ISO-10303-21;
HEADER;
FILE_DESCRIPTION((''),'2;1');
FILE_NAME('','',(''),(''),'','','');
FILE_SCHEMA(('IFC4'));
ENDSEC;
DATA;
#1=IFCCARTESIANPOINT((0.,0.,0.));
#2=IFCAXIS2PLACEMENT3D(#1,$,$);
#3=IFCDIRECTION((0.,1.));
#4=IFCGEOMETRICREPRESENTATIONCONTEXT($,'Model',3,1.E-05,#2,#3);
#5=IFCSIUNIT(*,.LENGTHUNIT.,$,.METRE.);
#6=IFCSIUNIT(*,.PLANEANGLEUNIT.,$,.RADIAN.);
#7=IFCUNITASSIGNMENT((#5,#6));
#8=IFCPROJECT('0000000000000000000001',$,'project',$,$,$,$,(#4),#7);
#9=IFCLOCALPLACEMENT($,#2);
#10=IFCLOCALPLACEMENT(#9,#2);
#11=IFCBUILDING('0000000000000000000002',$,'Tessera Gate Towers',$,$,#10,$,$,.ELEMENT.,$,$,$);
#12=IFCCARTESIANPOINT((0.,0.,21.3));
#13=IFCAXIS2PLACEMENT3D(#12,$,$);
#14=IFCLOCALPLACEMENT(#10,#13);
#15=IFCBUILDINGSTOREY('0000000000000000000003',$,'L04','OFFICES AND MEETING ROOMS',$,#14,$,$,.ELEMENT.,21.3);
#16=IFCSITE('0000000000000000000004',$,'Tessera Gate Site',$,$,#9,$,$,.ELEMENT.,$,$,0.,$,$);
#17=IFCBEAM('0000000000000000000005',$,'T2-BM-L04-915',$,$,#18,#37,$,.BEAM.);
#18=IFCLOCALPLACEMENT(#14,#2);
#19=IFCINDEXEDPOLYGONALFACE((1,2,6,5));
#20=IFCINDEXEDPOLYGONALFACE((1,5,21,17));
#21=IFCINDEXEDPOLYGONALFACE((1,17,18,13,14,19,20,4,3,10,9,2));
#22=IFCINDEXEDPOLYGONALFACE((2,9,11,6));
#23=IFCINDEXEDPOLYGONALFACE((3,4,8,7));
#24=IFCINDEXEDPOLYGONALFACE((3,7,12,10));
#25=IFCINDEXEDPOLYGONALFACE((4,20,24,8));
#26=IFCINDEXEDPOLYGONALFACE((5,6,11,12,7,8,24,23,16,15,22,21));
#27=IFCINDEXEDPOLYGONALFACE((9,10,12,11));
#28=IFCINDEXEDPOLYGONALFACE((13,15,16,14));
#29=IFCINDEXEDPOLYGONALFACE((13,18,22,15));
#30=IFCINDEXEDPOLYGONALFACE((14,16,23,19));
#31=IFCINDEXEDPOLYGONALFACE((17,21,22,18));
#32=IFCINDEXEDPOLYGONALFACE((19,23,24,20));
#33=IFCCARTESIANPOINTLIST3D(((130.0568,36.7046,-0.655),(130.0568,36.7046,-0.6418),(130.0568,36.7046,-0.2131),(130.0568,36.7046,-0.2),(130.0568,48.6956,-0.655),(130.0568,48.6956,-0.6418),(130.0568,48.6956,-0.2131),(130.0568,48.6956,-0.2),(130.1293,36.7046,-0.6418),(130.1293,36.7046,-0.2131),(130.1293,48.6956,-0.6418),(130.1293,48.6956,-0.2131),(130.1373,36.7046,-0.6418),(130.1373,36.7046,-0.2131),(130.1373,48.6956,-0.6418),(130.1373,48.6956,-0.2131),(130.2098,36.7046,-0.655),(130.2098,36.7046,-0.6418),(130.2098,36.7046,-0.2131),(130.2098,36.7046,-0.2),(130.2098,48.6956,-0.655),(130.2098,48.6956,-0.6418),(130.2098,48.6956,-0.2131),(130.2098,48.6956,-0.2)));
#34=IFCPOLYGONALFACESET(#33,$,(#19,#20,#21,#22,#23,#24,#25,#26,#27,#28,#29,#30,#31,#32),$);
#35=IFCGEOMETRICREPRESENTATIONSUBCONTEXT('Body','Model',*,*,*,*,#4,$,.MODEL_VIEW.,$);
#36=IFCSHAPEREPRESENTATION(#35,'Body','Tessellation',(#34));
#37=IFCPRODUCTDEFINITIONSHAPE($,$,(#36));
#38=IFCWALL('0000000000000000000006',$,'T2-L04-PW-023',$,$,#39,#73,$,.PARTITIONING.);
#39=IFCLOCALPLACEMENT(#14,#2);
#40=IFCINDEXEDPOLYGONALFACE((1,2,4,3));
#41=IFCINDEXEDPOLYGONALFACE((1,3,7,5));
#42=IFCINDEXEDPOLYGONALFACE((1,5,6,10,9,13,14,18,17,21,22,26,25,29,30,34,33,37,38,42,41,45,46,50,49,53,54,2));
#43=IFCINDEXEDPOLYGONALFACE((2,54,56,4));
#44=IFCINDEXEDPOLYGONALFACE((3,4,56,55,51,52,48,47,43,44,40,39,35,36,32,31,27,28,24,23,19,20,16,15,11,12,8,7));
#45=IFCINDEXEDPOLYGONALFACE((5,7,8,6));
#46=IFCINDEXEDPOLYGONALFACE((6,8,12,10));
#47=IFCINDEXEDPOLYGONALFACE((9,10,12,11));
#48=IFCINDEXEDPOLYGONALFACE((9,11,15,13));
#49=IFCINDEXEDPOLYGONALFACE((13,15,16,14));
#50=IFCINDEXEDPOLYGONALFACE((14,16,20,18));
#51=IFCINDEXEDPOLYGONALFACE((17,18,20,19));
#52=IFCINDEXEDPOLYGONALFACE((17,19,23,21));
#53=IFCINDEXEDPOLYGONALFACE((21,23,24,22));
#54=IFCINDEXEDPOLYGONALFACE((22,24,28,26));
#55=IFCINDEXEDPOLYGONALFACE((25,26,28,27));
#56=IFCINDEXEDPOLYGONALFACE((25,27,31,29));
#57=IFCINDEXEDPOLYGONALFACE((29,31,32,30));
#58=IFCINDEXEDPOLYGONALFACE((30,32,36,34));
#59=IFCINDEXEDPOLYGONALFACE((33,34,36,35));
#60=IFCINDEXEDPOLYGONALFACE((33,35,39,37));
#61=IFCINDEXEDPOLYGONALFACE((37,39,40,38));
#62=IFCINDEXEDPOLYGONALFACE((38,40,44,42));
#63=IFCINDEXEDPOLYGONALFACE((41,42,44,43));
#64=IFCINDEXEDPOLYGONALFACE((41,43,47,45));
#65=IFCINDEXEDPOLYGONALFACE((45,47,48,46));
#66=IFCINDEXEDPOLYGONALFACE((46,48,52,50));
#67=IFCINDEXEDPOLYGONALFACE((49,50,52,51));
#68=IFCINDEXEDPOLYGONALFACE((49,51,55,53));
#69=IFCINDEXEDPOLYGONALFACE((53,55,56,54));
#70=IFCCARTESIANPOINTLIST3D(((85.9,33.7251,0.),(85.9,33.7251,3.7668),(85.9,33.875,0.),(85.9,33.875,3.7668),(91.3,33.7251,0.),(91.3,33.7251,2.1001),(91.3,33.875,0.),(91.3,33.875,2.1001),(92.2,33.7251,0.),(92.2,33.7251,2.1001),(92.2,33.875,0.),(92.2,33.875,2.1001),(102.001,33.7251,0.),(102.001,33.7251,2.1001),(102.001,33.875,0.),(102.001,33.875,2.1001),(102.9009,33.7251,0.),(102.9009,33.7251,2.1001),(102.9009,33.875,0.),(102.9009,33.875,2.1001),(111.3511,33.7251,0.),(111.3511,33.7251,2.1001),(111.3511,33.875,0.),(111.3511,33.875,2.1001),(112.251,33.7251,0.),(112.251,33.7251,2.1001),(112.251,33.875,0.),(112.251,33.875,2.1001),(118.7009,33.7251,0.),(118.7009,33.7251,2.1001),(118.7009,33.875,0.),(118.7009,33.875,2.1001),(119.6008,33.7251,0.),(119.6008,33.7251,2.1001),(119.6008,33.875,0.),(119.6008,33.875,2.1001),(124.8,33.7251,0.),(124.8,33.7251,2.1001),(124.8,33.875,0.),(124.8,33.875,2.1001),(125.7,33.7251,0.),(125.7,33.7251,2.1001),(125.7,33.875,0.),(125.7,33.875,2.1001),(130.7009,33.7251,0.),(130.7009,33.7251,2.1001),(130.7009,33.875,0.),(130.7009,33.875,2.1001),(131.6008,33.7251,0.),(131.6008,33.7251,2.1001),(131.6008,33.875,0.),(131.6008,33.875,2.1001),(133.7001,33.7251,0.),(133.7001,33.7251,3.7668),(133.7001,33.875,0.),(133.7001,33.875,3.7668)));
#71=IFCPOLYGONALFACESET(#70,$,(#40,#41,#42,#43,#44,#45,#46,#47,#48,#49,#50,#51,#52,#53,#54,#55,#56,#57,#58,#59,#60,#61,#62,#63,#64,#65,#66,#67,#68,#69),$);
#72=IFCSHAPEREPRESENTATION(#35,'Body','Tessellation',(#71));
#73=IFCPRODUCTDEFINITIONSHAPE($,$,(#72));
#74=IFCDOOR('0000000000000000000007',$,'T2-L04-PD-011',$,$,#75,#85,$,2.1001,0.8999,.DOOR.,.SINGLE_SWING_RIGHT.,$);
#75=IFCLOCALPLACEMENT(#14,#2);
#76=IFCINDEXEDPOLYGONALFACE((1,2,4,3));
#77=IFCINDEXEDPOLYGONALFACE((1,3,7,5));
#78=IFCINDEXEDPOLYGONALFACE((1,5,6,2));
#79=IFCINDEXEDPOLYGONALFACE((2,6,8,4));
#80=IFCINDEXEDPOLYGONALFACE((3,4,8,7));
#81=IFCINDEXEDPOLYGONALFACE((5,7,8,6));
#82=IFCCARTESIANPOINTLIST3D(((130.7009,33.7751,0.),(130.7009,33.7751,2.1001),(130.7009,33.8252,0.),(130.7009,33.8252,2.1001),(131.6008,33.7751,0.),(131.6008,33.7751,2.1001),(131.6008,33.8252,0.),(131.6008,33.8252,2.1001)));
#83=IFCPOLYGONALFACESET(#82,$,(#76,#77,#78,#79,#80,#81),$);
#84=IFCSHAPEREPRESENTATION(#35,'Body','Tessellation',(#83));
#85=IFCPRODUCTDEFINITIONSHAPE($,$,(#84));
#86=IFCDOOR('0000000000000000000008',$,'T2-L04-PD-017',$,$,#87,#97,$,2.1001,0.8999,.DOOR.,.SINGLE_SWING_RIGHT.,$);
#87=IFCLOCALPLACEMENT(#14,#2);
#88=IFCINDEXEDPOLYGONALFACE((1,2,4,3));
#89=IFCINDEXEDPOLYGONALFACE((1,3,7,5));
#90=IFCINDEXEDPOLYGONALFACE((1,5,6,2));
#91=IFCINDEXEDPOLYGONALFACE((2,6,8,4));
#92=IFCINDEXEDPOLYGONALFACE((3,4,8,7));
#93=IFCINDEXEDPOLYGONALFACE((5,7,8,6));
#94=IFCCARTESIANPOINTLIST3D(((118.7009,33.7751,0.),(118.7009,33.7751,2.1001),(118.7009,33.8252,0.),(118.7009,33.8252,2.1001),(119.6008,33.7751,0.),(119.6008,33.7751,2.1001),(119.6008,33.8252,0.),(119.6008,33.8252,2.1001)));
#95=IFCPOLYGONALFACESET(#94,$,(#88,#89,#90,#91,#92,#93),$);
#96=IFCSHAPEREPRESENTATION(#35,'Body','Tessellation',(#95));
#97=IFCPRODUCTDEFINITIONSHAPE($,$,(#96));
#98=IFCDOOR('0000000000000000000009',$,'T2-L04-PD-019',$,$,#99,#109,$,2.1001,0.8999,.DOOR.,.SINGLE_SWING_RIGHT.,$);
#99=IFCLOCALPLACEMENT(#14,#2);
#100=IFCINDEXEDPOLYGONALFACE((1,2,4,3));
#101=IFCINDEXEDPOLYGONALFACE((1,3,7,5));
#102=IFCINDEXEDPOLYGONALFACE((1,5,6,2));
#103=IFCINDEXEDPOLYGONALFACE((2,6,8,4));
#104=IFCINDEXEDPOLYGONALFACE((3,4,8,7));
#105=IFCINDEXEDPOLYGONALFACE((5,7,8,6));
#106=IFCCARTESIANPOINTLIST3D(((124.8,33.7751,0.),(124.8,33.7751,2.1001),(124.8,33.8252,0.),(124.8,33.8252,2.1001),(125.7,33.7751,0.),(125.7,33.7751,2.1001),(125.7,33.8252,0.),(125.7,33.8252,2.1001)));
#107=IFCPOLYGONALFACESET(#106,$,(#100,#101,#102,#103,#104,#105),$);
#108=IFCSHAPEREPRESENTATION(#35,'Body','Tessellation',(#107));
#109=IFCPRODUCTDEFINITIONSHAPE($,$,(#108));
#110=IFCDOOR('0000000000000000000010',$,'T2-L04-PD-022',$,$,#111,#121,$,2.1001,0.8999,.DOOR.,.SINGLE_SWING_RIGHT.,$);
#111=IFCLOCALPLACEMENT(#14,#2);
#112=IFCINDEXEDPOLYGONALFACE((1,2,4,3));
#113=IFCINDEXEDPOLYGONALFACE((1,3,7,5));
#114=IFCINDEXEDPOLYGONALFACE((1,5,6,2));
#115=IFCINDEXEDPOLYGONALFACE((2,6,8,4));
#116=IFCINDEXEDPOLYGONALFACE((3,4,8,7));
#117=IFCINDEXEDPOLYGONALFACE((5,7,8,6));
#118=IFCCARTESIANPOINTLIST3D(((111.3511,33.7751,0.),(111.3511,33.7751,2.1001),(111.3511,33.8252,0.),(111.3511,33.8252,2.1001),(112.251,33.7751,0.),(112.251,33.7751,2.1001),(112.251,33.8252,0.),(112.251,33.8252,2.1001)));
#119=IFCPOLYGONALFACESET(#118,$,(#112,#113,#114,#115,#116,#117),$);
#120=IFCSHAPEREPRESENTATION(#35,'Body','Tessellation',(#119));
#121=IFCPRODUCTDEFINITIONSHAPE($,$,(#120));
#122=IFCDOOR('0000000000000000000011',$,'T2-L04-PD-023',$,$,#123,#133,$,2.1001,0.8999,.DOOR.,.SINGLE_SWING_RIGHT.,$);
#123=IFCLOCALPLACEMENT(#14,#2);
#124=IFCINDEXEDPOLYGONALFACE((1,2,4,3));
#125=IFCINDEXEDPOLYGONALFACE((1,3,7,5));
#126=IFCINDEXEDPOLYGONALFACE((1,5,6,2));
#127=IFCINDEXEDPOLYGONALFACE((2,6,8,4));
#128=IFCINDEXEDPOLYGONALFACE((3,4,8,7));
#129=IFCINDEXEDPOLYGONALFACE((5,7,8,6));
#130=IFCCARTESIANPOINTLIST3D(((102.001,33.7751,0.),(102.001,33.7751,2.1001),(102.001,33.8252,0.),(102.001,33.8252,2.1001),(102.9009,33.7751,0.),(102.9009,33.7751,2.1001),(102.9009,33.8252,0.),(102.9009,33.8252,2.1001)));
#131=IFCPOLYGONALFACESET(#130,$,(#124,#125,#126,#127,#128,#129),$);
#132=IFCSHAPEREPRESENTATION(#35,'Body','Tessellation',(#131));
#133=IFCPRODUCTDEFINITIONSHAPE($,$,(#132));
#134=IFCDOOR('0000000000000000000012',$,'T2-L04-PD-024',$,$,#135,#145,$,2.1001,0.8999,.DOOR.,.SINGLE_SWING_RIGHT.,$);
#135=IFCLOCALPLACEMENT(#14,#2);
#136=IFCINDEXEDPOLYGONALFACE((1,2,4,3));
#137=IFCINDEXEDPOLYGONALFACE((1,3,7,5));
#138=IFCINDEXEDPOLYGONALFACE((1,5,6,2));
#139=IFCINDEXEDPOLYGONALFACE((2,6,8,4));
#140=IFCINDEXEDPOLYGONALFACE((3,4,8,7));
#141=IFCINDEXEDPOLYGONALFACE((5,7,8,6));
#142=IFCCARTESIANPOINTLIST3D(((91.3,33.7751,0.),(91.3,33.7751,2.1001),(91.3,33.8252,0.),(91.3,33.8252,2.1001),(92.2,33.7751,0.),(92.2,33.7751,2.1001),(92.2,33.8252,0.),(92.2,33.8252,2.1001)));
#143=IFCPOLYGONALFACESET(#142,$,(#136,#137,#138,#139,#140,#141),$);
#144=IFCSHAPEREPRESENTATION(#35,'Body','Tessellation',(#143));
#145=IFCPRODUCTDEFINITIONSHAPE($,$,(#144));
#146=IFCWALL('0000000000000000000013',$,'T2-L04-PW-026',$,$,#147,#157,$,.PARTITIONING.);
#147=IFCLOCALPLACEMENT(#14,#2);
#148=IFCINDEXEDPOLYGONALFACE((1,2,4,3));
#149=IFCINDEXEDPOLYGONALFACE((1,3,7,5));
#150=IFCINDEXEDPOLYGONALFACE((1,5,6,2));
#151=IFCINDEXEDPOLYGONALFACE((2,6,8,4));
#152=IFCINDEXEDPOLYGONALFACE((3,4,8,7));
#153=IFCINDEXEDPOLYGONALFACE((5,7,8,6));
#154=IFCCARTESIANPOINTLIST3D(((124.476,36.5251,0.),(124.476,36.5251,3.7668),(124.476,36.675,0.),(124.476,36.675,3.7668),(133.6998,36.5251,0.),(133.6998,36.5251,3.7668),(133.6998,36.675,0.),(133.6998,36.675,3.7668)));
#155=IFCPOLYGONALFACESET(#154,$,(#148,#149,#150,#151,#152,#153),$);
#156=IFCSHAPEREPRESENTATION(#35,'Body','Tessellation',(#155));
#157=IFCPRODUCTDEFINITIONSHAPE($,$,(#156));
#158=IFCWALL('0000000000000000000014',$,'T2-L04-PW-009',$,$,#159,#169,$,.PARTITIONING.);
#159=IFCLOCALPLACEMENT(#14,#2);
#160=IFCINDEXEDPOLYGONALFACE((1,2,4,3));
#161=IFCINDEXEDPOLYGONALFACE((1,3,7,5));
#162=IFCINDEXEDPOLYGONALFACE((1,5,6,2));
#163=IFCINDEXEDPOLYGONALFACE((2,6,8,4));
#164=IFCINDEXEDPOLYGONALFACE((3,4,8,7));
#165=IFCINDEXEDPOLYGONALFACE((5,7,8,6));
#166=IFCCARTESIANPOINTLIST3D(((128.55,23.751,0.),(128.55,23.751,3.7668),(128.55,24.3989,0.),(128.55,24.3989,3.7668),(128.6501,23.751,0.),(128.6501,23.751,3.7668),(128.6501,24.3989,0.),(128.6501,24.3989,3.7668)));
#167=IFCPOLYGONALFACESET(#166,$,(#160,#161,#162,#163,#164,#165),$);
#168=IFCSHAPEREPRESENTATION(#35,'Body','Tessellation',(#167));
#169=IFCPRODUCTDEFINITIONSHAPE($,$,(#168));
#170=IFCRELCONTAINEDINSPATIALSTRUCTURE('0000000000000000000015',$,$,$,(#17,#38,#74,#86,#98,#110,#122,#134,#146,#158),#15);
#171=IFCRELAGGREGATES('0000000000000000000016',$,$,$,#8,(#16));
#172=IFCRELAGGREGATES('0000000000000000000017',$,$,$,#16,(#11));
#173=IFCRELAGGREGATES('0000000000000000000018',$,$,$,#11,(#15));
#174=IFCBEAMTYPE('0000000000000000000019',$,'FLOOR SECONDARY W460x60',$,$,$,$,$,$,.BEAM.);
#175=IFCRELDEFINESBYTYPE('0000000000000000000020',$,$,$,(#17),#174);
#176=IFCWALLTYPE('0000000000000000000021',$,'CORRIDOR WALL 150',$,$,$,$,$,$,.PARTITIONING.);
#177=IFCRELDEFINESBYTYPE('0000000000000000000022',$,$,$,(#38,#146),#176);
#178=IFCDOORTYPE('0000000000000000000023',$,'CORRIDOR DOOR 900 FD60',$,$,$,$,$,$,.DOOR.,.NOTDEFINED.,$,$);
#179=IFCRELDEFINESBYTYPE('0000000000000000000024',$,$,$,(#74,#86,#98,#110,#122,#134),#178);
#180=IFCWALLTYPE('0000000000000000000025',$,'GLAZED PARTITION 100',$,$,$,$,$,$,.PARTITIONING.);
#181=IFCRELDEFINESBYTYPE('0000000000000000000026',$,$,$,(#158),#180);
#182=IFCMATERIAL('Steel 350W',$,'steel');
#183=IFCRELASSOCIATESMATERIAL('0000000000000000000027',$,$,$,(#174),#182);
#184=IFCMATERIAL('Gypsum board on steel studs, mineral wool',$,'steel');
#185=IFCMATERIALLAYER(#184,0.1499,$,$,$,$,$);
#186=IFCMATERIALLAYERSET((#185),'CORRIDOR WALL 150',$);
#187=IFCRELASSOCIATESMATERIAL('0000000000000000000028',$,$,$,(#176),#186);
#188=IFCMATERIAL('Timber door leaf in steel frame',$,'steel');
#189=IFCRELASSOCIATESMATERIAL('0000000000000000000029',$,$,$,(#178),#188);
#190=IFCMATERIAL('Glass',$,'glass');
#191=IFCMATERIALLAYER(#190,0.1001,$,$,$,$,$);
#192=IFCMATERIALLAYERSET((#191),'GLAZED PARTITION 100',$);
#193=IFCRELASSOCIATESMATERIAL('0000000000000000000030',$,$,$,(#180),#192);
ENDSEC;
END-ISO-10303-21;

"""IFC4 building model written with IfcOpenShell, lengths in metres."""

from ifc_helpers import new_model, si_unit, direction, frame, frame_2d, origin, origin_2d, place, context, subcontext, project, spatial, rectangle, i_section, extrude, source, transform, mapped, material, layer, layer_set, material_profile, profile_set, type_object, element, fill, save


model = new_model("IFC4")

# Units and contexts
model_context = context("Model", 3, precision=1e-05, world=origin(), true_north=direction((0.0, 1.0)))
body_context = subcontext(model_context, "Body", "Model", "MODEL_VIEW")
ifc_project = project(units=[si_unit("LENGTHUNIT", "METRE"), si_unit("PLANEANGLEUNIT", "RADIAN")], contexts=[model_context])

# Site, building, storey
site_placement = place(None, origin())
site = spatial("IfcSite", under=ifc_project, at=site_placement, Name="Tessera Gate Site", CompositionType="ELEMENT", RefElevation=0.0)
building_placement = place(site_placement, origin())
building = spatial("IfcBuilding", under=site, at=building_placement, Name="Tessera Gate Towers", CompositionType="ELEMENT")
storey_placement = place(building_placement, frame((0.0, 0.0, 21.3)))
storey = spatial("IfcBuildingStorey", under=building, at=storey_placement, Name="L04", Description="OFFICES AND MEETING ROOMS", CompositionType="ELEMENT", Elevation=21.3)

# Beam
ifc_material_1 = material(Name="Steel 350W", Category="steel")
ifc_material_profile_1 = material_profile(ifc_material_1, i_section(OverallWidth=0.1531, OverallDepth=0.4551, WebThickness=0.0081, FlangeThickness=0.0132, at=origin_2d()), Name="W460x60")
ifc_profile_set_1 = profile_set([ifc_material_profile_1], Name="Steel 350W")
beam_type_1 = type_object("IfcBeamType", Name="FLOOR SECONDARY W460x60", PredefinedType="BEAM", material=ifc_profile_set_1)
beam_1_placement = place(storey_placement, frame((130.1333, 36.7046, -0.4275), z_axis=(0.0, 1.0, 0.0), x_axis=(-1.0, 0.0, 0.0)))
element("IfcBeam", 1, at=beam_1_placement, inside=storey, type_object=beam_type_1, Name="T2-BM-L04-915", PredefinedType="BEAM", context=body_context, shape_type="SweptSolid", body=[
    extrude(i_section(OverallWidth=0.1531, OverallDepth=0.4551, WebThickness=0.0081, FlangeThickness=0.0132, at=origin_2d()), origin(), (0.0, 0.0, 1.0), 11.991),
])

# Wall, openings, doors
ifc_material_2 = material(Name="Gypsum board on steel studs, mineral wool", Category="steel")
ifc_layer_1 = layer(ifc_material_2, 0.1499)
ifc_layer_set_1 = layer_set([ifc_layer_1], Name="CORRIDOR WALL 150")
wall_type_1 = type_object("IfcWallType", Name="CORRIDOR WALL 150", PredefinedType="PARTITIONING", material=ifc_layer_set_1)
wall_1_placement = place(storey_placement, frame((133.7, 33.8, 0.0), z_axis=(0.0, 0.0, 1.0), x_axis=(-1.0, 0.0, 0.0)))
wall_1 = element("IfcWall", 2, at=wall_1_placement, inside=storey, type_object=wall_type_1, Name="T2-L04-PW-023", PredefinedType="PARTITIONING", context=body_context, shape_type="SweptSolid", body=[
    extrude(rectangle(XDim=47.8, YDim=0.1499, at=frame_2d((23.8999, 0.0))), origin(), (0.0, 0.0, 1.0), 3.7668),
])
shared_shape_1 = source(origin(), body_context, "Body", "SweptSolid", [
    extrude(rectangle(XDim=0.8999, YDim=2.1001, at=frame_2d((0.45, 1.05))), frame((0.0, 0.085, 0.0), z_axis=(0.0, -1.0, 0.0), x_axis=(1.0, 0.0, 0.0)), (0.0, 0.0, 1.0), 0.1699),
])
opening_1_placement = place(wall_1_placement, frame((2.0991, 0.0, 0.0)))
opening_1 = element("IfcOpeningElement", 3, at=opening_1_placement, cuts=wall_1, PredefinedType="OPENING", context=body_context, shape_type="MappedRepresentation", body=[
    mapped(shared_shape_1, transform((0.0, 0.0, 0.0), scale=1.0)),
])
opening_2_placement = place(wall_1_placement, frame((14.0991, 0.0, 0.0)))
opening_2 = element("IfcOpeningElement", 4, at=opening_2_placement, cuts=wall_1, PredefinedType="OPENING", context=body_context, shape_type="MappedRepresentation", body=[
    mapped(shared_shape_1, transform((0.0, 0.0, 0.0), scale=1.0)),
])
opening_3_placement = place(wall_1_placement, frame((8.0, 0.0, 0.0)))
opening_3 = element("IfcOpeningElement", 5, at=opening_3_placement, cuts=wall_1, PredefinedType="OPENING", context=body_context, shape_type="MappedRepresentation", body=[
    mapped(shared_shape_1, transform((0.0, 0.0, 0.0), scale=1.0)),
])
opening_4_placement = place(wall_1_placement, frame((21.449, 0.0, 0.0)))
opening_4 = element("IfcOpeningElement", 6, at=opening_4_placement, cuts=wall_1, PredefinedType="OPENING", context=body_context, shape_type="MappedRepresentation", body=[
    mapped(shared_shape_1, transform((0.0, 0.0, 0.0), scale=1.0)),
])
opening_5_placement = place(wall_1_placement, frame((30.7991, 0.0, 0.0)))
opening_5 = element("IfcOpeningElement", 7, at=opening_5_placement, cuts=wall_1, PredefinedType="OPENING", context=body_context, shape_type="MappedRepresentation", body=[
    mapped(shared_shape_1, transform((0.0, 0.0, 0.0), scale=1.0)),
])
opening_6_placement = place(wall_1_placement, frame((41.5, 0.0, 0.0)))
opening_6 = element("IfcOpeningElement", 8, at=opening_6_placement, cuts=wall_1, PredefinedType="OPENING", context=body_context, shape_type="MappedRepresentation", body=[
    mapped(shared_shape_1, transform((0.0, 0.0, 0.0), scale=1.0)),
])
ifc_material_3 = material(Name="Timber door leaf in steel frame", Category="steel")
door_type_1 = type_object("IfcDoorType", Name="CORRIDOR DOOR 900 FD60", OperationType="NOTDEFINED", PredefinedType="DOOR", material=ifc_material_3)
shared_shape_2 = source(origin(), body_context, "Body", "SweptSolid", [
    extrude(rectangle(XDim=0.8999, YDim=2.1001, at=frame_2d((0.45, 1.05))), frame((0.0, 0.0249, 0.0), z_axis=(0.0, -1.0, 0.0), x_axis=(1.0, 0.0, 0.0)), (0.0, 0.0, 1.0), 0.05),
])
door_1_placement = place(opening_1_placement, origin())
door_1 = element("IfcDoor", 9, at=door_1_placement, inside=storey, type_object=door_type_1, Name="T2-L04-PD-011", OperationType="SINGLE_SWING_RIGHT", OverallHeight=2.1001, OverallWidth=0.8999, PredefinedType="DOOR", context=body_context, shape_type="MappedRepresentation", body=[
    mapped(shared_shape_2, transform((0.0, 0.0, 0.0), scale=1.0)),
])
fill(opening_1, door_1)
door_2_placement = place(opening_2_placement, origin())
door_2 = element("IfcDoor", 10, at=door_2_placement, inside=storey, type_object=door_type_1, Name="T2-L04-PD-017", OperationType="SINGLE_SWING_RIGHT", OverallHeight=2.1001, OverallWidth=0.8999, PredefinedType="DOOR", context=body_context, shape_type="MappedRepresentation", body=[
    mapped(shared_shape_2, transform((0.0, 0.0, 0.0), scale=1.0)),
])
fill(opening_2, door_2)
door_3_placement = place(opening_3_placement, origin())
door_3 = element("IfcDoor", 11, at=door_3_placement, inside=storey, type_object=door_type_1, Name="T2-L04-PD-019", OperationType="SINGLE_SWING_RIGHT", OverallHeight=2.1001, OverallWidth=0.8999, PredefinedType="DOOR", context=body_context, shape_type="MappedRepresentation", body=[
    mapped(shared_shape_2, transform((0.0, 0.0, 0.0), scale=1.0)),
])
fill(opening_3, door_3)
door_4_placement = place(opening_4_placement, origin())
door_4 = element("IfcDoor", 12, at=door_4_placement, inside=storey, type_object=door_type_1, Name="T2-L04-PD-022", OperationType="SINGLE_SWING_RIGHT", OverallHeight=2.1001, OverallWidth=0.8999, PredefinedType="DOOR", context=body_context, shape_type="MappedRepresentation", body=[
    mapped(shared_shape_2, transform((0.0, 0.0, 0.0), scale=1.0)),
])
fill(opening_4, door_4)
door_5_placement = place(opening_5_placement, origin())
door_5 = element("IfcDoor", 13, at=door_5_placement, inside=storey, type_object=door_type_1, Name="T2-L04-PD-023", OperationType="SINGLE_SWING_RIGHT", OverallHeight=2.1001, OverallWidth=0.8999, PredefinedType="DOOR", context=body_context, shape_type="MappedRepresentation", body=[
    mapped(shared_shape_2, transform((0.0, 0.0, 0.0), scale=1.0)),
])
fill(opening_5, door_5)
door_6_placement = place(opening_6_placement, origin())
door_6 = element("IfcDoor", 14, at=door_6_placement, inside=storey, type_object=door_type_1, Name="T2-L04-PD-024", OperationType="SINGLE_SWING_RIGHT", OverallHeight=2.1001, OverallWidth=0.8999, PredefinedType="DOOR", context=body_context, shape_type="MappedRepresentation", body=[
    mapped(shared_shape_2, transform((0.0, 0.0, 0.0), scale=1.0)),
])
fill(opening_6, door_6)

# Walls
wall_2_placement = place(storey_placement, frame((124.4761, 36.6001, 0.0), z_axis=(0.0, 0.0, 1.0), x_axis=(1.0, 0.0, 0.0)))
element("IfcWall", 15, at=wall_2_placement, inside=storey, type_object=wall_type_1, Name="T2-L04-PW-026", PredefinedType="PARTITIONING", context=body_context, shape_type="SweptSolid", body=[
    extrude(rectangle(XDim=9.2239, YDim=0.1499, at=frame_2d((4.6118, 0.0))), origin(), (0.0, 0.0, 1.0), 3.7668),
])
ifc_material_4 = material(Name="Glass", Category="glass")
ifc_layer_2 = layer(ifc_material_4, 0.1001)
ifc_layer_set_2 = layer_set([ifc_layer_2], Name="GLAZED PARTITION 100")
wall_type_2 = type_object("IfcWallType", Name="GLAZED PARTITION 100", PredefinedType="PARTITIONING", material=ifc_layer_set_2)
wall_3_placement = place(storey_placement, frame((128.6001, 23.751, 0.0), z_axis=(0.0, 0.0, 1.0), x_axis=(0.0, 1.0, 0.0)))
element("IfcWall", 16, at=wall_3_placement, inside=storey, type_object=wall_type_2, Name="T2-L04-PW-009", PredefinedType="PARTITIONING", context=body_context, shape_type="SweptSolid", body=[
    extrude(rectangle(XDim=0.6479, YDim=0.1001, at=frame_2d((0.324, 0.0))), origin(), (0.0, 0.0, 1.0), 3.7668),
])

save(model, "model.ifc")
